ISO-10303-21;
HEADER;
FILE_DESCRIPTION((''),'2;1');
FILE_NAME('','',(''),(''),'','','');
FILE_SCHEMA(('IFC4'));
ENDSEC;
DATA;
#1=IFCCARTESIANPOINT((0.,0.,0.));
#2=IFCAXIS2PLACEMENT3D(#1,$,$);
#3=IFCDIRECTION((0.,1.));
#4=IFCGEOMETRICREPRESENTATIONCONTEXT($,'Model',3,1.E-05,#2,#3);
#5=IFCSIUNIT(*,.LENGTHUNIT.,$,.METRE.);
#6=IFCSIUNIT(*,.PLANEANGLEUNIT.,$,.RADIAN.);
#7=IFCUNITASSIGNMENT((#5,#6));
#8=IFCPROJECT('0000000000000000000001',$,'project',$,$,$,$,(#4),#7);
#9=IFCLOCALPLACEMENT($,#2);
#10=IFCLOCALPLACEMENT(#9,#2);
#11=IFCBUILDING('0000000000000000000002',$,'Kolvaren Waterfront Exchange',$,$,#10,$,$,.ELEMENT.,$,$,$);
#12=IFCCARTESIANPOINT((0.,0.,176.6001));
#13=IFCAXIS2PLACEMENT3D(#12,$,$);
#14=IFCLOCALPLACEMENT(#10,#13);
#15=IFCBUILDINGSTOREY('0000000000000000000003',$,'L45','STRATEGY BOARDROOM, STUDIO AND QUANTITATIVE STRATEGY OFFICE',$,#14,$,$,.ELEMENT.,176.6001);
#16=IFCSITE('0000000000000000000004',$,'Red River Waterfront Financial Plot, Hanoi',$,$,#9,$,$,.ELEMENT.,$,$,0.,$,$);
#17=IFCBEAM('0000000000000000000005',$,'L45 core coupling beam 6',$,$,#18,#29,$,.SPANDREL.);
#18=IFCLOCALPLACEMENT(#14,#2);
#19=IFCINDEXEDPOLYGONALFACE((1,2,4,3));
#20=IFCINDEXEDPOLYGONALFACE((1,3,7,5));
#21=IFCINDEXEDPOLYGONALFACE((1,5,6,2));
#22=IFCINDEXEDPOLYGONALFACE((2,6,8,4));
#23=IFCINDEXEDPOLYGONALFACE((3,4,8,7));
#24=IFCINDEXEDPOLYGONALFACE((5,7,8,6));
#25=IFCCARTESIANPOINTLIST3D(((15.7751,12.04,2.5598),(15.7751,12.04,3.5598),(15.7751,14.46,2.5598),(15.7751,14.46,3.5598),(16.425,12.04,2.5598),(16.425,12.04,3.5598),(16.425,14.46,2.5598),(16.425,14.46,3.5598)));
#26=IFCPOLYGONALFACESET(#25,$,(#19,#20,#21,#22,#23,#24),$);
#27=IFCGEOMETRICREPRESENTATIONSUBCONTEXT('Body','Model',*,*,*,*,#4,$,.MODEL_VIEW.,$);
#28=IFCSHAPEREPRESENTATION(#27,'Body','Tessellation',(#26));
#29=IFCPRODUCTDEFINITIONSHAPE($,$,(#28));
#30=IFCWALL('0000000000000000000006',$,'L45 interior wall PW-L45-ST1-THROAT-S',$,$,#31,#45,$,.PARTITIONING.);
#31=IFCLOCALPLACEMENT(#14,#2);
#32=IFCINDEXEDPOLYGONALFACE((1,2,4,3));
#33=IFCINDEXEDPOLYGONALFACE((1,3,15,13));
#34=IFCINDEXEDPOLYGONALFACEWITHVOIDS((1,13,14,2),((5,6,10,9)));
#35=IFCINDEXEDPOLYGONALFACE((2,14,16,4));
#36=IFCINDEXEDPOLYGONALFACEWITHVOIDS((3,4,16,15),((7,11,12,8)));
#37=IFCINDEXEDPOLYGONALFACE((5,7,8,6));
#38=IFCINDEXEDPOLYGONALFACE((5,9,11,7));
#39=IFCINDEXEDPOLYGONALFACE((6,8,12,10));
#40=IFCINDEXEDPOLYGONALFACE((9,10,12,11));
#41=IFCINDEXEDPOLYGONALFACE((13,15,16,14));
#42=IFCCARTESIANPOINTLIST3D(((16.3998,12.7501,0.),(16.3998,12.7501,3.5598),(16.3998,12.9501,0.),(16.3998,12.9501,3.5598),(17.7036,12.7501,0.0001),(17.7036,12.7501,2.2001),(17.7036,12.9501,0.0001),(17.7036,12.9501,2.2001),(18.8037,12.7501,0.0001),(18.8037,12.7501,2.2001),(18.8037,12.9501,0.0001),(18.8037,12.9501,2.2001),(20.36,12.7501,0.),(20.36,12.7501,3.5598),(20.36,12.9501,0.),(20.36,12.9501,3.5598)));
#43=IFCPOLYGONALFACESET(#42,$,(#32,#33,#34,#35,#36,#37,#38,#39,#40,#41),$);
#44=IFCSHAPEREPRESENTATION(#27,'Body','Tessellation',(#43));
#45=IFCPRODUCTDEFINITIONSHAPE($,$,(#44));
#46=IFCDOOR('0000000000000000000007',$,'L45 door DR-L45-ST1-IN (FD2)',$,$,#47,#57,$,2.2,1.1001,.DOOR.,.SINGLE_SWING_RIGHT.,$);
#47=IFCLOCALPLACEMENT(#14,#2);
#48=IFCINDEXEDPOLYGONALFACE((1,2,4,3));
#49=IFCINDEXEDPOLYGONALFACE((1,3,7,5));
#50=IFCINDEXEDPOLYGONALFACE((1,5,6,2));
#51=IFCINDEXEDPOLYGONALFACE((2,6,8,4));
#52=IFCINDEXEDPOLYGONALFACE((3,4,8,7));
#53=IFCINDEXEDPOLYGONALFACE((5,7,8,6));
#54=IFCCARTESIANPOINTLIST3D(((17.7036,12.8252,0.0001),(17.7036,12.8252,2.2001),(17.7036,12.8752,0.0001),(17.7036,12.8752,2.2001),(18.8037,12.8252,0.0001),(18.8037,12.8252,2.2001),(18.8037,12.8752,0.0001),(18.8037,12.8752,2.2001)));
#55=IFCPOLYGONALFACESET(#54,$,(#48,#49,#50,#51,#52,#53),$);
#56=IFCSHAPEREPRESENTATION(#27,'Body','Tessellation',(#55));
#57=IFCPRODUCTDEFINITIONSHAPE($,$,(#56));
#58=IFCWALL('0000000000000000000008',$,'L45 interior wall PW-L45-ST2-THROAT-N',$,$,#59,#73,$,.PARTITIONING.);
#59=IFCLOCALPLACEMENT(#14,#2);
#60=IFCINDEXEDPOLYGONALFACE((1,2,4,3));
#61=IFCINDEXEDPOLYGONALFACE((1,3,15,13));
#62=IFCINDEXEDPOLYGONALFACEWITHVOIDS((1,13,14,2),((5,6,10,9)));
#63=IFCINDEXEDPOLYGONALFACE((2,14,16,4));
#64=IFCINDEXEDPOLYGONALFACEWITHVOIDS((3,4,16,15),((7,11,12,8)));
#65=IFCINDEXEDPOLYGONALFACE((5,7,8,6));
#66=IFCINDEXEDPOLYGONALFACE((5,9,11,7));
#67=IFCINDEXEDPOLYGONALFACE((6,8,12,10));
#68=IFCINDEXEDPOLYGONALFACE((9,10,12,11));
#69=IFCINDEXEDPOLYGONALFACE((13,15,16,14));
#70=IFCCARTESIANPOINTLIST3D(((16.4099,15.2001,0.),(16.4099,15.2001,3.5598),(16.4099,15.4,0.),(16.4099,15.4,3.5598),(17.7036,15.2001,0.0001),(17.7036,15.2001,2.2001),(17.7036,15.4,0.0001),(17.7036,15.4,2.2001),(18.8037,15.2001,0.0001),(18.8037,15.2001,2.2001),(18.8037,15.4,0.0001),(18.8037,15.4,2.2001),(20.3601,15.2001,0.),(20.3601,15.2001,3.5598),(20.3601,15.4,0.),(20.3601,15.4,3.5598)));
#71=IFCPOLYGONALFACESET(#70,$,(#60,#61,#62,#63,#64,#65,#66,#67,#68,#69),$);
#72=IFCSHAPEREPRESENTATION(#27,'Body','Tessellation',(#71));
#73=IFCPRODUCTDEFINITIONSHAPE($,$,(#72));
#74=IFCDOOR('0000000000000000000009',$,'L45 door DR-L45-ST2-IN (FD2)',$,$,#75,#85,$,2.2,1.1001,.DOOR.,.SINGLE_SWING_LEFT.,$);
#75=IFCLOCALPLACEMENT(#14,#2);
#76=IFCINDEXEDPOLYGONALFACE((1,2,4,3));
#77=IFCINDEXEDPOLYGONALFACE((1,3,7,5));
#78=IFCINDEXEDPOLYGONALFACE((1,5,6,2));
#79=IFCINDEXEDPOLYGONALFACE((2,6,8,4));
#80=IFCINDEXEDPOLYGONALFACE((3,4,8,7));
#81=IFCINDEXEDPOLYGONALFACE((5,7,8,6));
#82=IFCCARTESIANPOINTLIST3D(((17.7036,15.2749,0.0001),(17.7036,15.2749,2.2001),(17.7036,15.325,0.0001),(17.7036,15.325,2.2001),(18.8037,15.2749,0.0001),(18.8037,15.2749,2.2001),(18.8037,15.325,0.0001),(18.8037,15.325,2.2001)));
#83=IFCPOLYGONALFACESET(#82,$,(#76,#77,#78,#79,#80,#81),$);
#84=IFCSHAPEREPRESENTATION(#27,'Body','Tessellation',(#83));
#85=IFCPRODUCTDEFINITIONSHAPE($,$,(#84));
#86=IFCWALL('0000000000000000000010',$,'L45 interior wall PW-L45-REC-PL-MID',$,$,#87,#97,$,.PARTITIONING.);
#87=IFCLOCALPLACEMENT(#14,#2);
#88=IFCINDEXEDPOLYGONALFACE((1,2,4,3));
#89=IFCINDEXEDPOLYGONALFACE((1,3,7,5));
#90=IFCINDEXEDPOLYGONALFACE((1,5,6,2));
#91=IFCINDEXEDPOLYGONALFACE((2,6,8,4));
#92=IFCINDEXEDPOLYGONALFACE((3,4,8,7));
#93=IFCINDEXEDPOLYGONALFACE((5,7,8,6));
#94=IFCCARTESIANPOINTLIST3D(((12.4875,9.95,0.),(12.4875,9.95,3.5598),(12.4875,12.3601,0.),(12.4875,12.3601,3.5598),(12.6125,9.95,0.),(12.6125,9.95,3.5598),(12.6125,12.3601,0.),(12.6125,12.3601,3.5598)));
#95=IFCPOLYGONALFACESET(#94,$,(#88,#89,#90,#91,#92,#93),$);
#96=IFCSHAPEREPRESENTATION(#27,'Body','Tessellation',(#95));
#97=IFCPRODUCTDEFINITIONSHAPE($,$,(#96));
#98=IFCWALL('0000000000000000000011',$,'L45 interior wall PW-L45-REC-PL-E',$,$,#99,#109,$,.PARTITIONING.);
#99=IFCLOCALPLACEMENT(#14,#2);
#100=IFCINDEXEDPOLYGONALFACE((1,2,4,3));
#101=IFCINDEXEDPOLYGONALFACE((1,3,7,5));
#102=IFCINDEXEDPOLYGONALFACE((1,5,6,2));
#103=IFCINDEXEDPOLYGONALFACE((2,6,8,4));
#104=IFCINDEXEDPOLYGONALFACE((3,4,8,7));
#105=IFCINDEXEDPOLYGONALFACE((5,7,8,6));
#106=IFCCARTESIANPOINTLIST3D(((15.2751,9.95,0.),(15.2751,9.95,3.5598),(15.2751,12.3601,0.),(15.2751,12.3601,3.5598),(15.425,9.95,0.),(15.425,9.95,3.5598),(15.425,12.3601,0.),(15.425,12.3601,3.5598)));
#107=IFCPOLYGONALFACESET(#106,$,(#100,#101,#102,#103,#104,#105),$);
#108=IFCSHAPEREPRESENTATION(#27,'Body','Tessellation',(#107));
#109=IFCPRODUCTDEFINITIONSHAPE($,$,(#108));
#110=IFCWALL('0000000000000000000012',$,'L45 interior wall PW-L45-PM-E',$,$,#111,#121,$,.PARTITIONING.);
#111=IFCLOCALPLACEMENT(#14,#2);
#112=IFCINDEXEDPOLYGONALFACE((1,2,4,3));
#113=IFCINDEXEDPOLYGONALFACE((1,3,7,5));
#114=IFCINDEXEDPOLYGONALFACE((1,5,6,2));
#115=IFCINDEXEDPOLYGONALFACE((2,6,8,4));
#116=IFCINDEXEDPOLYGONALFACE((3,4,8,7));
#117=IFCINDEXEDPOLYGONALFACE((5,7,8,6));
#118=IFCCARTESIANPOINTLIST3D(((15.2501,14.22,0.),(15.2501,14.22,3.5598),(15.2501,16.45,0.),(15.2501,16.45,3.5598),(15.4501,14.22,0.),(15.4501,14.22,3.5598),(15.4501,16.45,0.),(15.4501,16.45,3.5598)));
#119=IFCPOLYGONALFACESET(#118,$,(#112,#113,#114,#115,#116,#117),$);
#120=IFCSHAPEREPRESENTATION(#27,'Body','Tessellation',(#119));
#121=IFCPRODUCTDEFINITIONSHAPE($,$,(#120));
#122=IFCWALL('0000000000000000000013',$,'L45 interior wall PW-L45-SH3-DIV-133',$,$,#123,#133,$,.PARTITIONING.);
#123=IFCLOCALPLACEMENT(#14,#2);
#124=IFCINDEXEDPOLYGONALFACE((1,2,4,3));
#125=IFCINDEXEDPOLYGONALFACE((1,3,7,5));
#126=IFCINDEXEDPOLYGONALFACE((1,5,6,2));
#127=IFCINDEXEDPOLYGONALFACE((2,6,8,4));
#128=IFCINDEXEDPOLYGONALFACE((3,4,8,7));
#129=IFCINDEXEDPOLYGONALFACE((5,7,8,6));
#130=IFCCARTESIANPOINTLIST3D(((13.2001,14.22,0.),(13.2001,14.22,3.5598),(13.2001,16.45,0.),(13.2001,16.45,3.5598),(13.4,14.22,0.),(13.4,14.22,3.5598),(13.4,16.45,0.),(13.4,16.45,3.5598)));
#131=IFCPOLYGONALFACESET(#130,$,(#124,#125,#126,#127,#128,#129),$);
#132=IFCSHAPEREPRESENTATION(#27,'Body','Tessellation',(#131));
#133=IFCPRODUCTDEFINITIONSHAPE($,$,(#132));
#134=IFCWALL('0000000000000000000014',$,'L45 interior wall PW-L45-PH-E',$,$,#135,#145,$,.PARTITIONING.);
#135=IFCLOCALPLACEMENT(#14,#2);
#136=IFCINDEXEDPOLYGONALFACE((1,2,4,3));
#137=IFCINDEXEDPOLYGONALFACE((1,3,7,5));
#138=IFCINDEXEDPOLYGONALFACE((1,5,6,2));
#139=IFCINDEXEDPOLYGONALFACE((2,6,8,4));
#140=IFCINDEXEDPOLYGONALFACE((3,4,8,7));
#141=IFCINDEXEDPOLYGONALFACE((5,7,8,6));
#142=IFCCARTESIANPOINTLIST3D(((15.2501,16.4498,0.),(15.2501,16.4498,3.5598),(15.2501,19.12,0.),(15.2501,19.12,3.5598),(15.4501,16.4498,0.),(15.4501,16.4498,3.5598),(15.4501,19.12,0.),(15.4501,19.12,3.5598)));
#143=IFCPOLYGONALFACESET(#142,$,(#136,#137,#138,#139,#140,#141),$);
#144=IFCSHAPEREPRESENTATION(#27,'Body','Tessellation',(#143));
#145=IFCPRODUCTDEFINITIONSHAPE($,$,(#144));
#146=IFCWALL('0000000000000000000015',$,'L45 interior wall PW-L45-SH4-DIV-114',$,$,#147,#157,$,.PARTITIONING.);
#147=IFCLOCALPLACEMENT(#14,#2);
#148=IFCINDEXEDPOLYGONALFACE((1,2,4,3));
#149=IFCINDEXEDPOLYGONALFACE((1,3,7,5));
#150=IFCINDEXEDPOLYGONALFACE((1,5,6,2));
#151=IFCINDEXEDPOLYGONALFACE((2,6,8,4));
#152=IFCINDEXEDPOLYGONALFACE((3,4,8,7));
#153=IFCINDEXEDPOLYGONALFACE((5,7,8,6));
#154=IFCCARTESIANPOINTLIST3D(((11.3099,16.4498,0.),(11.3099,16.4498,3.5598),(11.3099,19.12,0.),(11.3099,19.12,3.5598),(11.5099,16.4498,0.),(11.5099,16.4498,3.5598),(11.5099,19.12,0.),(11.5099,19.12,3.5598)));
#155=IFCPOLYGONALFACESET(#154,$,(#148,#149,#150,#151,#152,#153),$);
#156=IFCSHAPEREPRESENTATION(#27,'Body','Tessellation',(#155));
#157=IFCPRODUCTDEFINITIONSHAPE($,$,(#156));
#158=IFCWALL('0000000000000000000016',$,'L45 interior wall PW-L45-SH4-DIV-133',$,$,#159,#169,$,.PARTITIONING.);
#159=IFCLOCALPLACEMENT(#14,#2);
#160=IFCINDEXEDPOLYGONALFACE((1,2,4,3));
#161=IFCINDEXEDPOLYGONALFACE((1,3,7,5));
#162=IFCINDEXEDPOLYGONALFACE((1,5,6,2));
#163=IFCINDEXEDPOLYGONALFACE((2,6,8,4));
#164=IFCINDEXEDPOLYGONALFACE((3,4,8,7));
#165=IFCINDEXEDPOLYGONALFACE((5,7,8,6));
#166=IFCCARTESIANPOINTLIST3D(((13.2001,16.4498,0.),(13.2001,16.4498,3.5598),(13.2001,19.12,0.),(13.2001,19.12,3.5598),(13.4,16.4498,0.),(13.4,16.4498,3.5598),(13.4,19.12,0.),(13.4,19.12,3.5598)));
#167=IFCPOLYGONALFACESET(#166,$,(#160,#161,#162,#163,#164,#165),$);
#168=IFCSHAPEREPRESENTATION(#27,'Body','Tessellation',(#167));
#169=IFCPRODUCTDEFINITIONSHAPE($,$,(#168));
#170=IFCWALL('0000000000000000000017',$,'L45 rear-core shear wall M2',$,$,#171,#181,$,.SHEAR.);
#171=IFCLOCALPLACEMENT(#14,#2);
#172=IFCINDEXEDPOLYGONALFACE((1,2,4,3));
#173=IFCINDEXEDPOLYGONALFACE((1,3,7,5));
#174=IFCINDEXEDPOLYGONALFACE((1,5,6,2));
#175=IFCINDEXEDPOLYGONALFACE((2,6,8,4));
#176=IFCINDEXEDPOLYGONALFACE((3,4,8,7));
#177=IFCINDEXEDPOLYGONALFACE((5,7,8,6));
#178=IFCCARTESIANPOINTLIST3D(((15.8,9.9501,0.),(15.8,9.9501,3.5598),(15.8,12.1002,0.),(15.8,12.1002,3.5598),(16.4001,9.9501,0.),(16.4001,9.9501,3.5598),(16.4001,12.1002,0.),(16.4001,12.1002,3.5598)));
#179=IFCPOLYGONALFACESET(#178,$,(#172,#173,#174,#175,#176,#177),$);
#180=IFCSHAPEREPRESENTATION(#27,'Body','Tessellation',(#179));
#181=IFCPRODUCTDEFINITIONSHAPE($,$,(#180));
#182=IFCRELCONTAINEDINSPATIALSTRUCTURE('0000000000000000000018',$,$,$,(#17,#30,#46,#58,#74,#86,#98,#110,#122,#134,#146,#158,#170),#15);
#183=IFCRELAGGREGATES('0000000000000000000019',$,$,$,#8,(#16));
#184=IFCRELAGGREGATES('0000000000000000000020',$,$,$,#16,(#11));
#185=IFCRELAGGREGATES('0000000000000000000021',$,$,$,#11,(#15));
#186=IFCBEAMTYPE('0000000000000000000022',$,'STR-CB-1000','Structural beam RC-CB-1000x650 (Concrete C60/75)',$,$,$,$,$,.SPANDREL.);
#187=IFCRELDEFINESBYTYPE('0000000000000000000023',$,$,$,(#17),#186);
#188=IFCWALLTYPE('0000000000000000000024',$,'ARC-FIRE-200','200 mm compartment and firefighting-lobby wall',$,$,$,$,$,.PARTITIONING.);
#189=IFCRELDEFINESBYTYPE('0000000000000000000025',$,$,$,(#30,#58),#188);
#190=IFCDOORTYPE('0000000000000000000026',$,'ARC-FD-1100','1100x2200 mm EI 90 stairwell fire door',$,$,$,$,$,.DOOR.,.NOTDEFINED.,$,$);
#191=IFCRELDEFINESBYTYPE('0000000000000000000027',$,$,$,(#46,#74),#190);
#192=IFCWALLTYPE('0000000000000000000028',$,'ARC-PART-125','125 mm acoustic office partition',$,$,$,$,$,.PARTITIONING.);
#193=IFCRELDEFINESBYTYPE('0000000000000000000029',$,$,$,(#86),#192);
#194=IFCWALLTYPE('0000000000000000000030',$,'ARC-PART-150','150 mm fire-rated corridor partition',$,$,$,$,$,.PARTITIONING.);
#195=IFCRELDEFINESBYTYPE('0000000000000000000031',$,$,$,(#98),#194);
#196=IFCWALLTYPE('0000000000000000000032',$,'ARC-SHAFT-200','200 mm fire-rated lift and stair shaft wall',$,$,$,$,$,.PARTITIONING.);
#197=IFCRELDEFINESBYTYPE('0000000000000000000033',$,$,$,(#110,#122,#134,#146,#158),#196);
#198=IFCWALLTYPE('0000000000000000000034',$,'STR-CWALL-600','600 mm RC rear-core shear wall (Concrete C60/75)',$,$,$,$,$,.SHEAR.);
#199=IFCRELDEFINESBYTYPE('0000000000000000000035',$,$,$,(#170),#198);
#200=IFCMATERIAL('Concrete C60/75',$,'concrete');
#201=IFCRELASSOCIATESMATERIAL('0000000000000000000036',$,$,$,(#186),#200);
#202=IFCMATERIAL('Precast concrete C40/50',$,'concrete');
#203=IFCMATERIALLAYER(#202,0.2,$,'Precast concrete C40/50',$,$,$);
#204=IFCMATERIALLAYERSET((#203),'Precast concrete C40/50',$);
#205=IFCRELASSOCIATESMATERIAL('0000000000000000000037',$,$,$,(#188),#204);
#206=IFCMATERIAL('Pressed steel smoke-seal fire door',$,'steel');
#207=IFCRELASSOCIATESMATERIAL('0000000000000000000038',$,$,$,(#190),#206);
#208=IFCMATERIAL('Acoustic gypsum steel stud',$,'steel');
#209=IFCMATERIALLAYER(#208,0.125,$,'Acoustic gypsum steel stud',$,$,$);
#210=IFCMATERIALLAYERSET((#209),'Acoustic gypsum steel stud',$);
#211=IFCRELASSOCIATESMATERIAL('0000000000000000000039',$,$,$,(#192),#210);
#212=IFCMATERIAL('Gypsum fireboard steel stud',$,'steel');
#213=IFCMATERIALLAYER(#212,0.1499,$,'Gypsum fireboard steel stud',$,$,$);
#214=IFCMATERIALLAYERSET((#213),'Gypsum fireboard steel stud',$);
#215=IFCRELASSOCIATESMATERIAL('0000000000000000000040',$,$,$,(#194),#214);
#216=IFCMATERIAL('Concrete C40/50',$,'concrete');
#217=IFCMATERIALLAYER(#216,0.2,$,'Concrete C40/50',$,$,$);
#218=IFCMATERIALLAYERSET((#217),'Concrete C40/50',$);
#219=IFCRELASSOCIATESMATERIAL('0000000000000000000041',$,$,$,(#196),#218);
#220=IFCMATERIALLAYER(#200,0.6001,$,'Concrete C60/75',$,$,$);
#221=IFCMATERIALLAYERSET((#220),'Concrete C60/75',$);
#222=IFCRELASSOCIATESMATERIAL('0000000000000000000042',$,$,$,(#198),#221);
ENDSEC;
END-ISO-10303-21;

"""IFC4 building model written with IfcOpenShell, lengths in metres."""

from ifc_helpers import new_model, si_unit, direction, frame, frame_2d, origin, origin_2d, place, context, subcontext, project, spatial, rectangle, extrude, material, layer, layer_set, material_profile, profile_set, type_object, element, fill, save


model = new_model("IFC4")

# Units and contexts
model_context = context("Model", 3, precision=1e-05, world=origin(), true_north=direction((0.0, 1.0)))
body_context = subcontext(model_context, "Body", "Model", "MODEL_VIEW")
ifc_project = project(units=[si_unit("LENGTHUNIT", "METRE"), si_unit("PLANEANGLEUNIT", "RADIAN")], contexts=[model_context])

# Site, building, storey
site_placement = place(None, origin())
site = spatial("IfcSite", under=ifc_project, at=site_placement, Name="Red River Waterfront Financial Plot, Hanoi", CompositionType="ELEMENT", RefElevation=0.0)
building_placement = place(site_placement, origin())
building = spatial("IfcBuilding", under=site, at=building_placement, Name="Kolvaren Waterfront Exchange", CompositionType="ELEMENT")
storey_placement = place(building_placement, frame((0.0, 0.0, 176.6001)))
storey = spatial("IfcBuildingStorey", under=building, at=storey_placement, Name="L45", Description="STRATEGY BOARDROOM, STUDIO AND QUANTITATIVE STRATEGY OFFICE", CompositionType="ELEMENT", Elevation=176.6001)

# Beam
ifc_material_1 = material(Name="Concrete C60/75", Category="concrete")
ifc_material_profile = material_profile(ifc_material_1, rectangle(XDim=0.6499, YDim=1.0, at=origin_2d()), Name="RC-CB-1000x650")
ifc_profile_set = profile_set([ifc_material_profile], Name="Concrete C60/75")
beam_type = type_object("IfcBeamType", Name="STR-CB-1000", Description="Structural beam RC-CB-1000x650 (Concrete C60/75)", PredefinedType="SPANDREL", material=ifc_profile_set)
beam_placement = place(storey_placement, frame((16.1001, 12.04, 3.0598), z_axis=(0.0, 1.0, 0.0), x_axis=(-1.0, 0.0, 0.0)))
element("IfcBeam", 1, at=beam_placement, inside=storey, type_object=beam_type, Name="L45 core coupling beam 6", PredefinedType="SPANDREL", context=body_context, shape_type="SweptSolid", body=[
    extrude(rectangle(XDim=0.6499, YDim=1.0, at=origin_2d()), origin(), (0.0, 0.0, 1.0), 2.4199),
])

# Walls, openings, doors
ifc_material_2 = material(Name="Precast concrete C40/50", Category="concrete")
ifc_layer_1 = layer(ifc_material_2, 0.2, Name="Precast concrete C40/50")
ifc_layer_set_1 = layer_set([ifc_layer_1], Name="Precast concrete C40/50")
wall_type_1 = type_object("IfcWallType", Name="ARC-FIRE-200", Description="200 mm compartment and firefighting-lobby wall", PredefinedType="PARTITIONING", material=ifc_layer_set_1)
wall_1_placement = place(storey_placement, frame((16.3999, 12.8501, 0.0), z_axis=(0.0, 0.0, 1.0), x_axis=(1.0, 0.0, 0.0)))
wall_1 = element("IfcWall", 2, at=wall_1_placement, inside=storey, type_object=wall_type_1, Name="L45 interior wall PW-L45-ST1-THROAT-S", PredefinedType="PARTITIONING", context=body_context, shape_type="SweptSolid", body=[
    extrude(rectangle(XDim=3.9602, YDim=0.2, at=frame_2d((1.98, 0.0))), origin(), (0.0, 0.0, 1.0), 3.5598),
])
opening_1_placement = place(wall_1_placement, frame((1.3037, 0.0, 0.0)))
opening_1 = element("IfcOpeningElement", 3, at=opening_1_placement, cuts=wall_1, PredefinedType="OPENING", context=body_context, shape_type="SweptSolid", body=[
    extrude(rectangle(XDim=1.1001, YDim=2.2, at=frame_2d((0.55, 1.1001))), frame((0.0, 0.1099, 0.0), z_axis=(0.0, -1.0, 0.0), x_axis=(1.0, 0.0, 0.0)), (0.0, 0.0, 1.0), 0.22),
])
ifc_material_3 = material(Name="Pressed steel smoke-seal fire door", Category="steel")
door_type = type_object("IfcDoorType", Name="ARC-FD-1100", Description="1100x2200 mm EI 90 stairwell fire door", OperationType="NOTDEFINED", PredefinedType="DOOR", material=ifc_material_3)
door_1_placement = place(opening_1_placement, frame((1.1001, 0.0, 0.0), z_axis=(0.0, 0.0, 1.0), x_axis=(-1.0, 0.0, 0.0)))
door_1 = element("IfcDoor", 4, at=door_1_placement, inside=storey, type_object=door_type, Name="L45 door DR-L45-ST1-IN (FD2)", OperationType="SINGLE_SWING_RIGHT", OverallHeight=2.2, OverallWidth=1.1001, PredefinedType="DOOR", context=body_context, shape_type="SweptSolid", body=[
    extrude(rectangle(XDim=1.1001, YDim=2.2, at=frame_2d((0.55, 1.1001))), frame((0.0, 0.0249, 0.0), z_axis=(0.0, -1.0, 0.0), x_axis=(1.0, 0.0, 0.0)), (0.0, 0.0, 1.0), 0.05),
])
fill(opening_1, door_1)
wall_2_placement = place(storey_placement, frame((16.4099, 15.3, 0.0), z_axis=(0.0, 0.0, 1.0), x_axis=(1.0, 0.0, 0.0)))
wall_2 = element("IfcWall", 5, at=wall_2_placement, inside=storey, type_object=wall_type_1, Name="L45 interior wall PW-L45-ST2-THROAT-N", PredefinedType="PARTITIONING", context=body_context, shape_type="SweptSolid", body=[
    extrude(rectangle(XDim=3.9502, YDim=0.2, at=frame_2d((1.9751, 0.0))), origin(), (0.0, 0.0, 1.0), 3.5598),
])
opening_2_placement = place(wall_2_placement, frame((1.2937, 0.0, 0.0)))
opening_2 = element("IfcOpeningElement", 6, at=opening_2_placement, cuts=wall_2, PredefinedType="OPENING", context=body_context, shape_type="SweptSolid", body=[
    extrude(rectangle(XDim=1.1001, YDim=2.2, at=frame_2d((0.55, 1.1001))), frame((0.0, 0.1099, 0.0), z_axis=(0.0, -1.0, 0.0), x_axis=(1.0, 0.0, 0.0)), (0.0, 0.0, 1.0), 0.22),
])
door_2_placement = place(opening_2_placement, origin())
door_2 = element("IfcDoor", 7, at=door_2_placement, inside=storey, type_object=door_type, Name="L45 door DR-L45-ST2-IN (FD2)", OperationType="SINGLE_SWING_LEFT", OverallHeight=2.2, OverallWidth=1.1001, PredefinedType="DOOR", context=body_context, shape_type="SweptSolid", body=[
    extrude(rectangle(XDim=1.1001, YDim=2.2, at=frame_2d((0.55, 1.1001))), frame((0.0, 0.0249, 0.0), z_axis=(0.0, -1.0, 0.0), x_axis=(1.0, 0.0, 0.0)), (0.0, 0.0, 1.0), 0.05),
])
fill(opening_2, door_2)

# Walls
ifc_material_4 = material(Name="Acoustic gypsum steel stud", Category="steel")
ifc_layer_2 = layer(ifc_material_4, 0.125, Name="Acoustic gypsum steel stud")
ifc_layer_set_2 = layer_set([ifc_layer_2], Name="Acoustic gypsum steel stud")
wall_type_2 = type_object("IfcWallType", Name="ARC-PART-125", Description="125 mm acoustic office partition", PredefinedType="PARTITIONING", material=ifc_layer_set_2)
wall_3_placement = place(storey_placement, frame((12.55, 9.95, 0.0), z_axis=(0.0, 0.0, 1.0), x_axis=(0.0, 1.0, 0.0)))
element("IfcWall", 8, at=wall_3_placement, inside=storey, type_object=wall_type_2, Name="L45 interior wall PW-L45-REC-PL-MID", PredefinedType="PARTITIONING", context=body_context, shape_type="SweptSolid", body=[
    extrude(rectangle(XDim=2.4102, YDim=0.125, at=frame_2d((1.2051, 0.0))), origin(), (0.0, 0.0, 1.0), 3.5598),
])
ifc_material_5 = material(Name="Gypsum fireboard steel stud", Category="steel")
ifc_layer_3 = layer(ifc_material_5, 0.1499, Name="Gypsum fireboard steel stud")
ifc_layer_set_3 = layer_set([ifc_layer_3], Name="Gypsum fireboard steel stud")
wall_type_3 = type_object("IfcWallType", Name="ARC-PART-150", Description="150 mm fire-rated corridor partition", PredefinedType="PARTITIONING", material=ifc_layer_set_3)
wall_4_placement = place(storey_placement, frame((15.3501, 9.95, 0.0), z_axis=(0.0, 0.0, 1.0), x_axis=(0.0, 1.0, 0.0)))
element("IfcWall", 9, at=wall_4_placement, inside=storey, type_object=wall_type_3, Name="L45 interior wall PW-L45-REC-PL-E", PredefinedType="PARTITIONING", context=body_context, shape_type="SweptSolid", body=[
    extrude(rectangle(XDim=2.4102, YDim=0.1499, at=frame_2d((1.2051, 0.0))), origin(), (0.0, 0.0, 1.0), 3.5598),
])
ifc_material_6 = material(Name="Concrete C40/50", Category="concrete")
ifc_layer_4 = layer(ifc_material_6, 0.2, Name="Concrete C40/50")
ifc_layer_set_4 = layer_set([ifc_layer_4], Name="Concrete C40/50")
wall_type_4 = type_object("IfcWallType", Name="ARC-SHAFT-200", Description="200 mm fire-rated lift and stair shaft wall", PredefinedType="PARTITIONING", material=ifc_layer_set_4)
for number, where, z_axis, x_axis, name in (
    (10, (15.3501, 14.22, 0.0), (0.0, 0.0, 1.0), (0.0, 1.0, 0.0), "L45 interior wall PW-L45-PM-E"),
    (11, (13.3, 14.22, 0.0), (0.0, 0.0, 1.0), (0.0, 1.0, 0.0), "L45 interior wall PW-L45-SH3-DIV-133"),
):
    element("IfcWall", number, at=place(storey_placement, frame(where, z_axis=z_axis, x_axis=x_axis)), inside=storey, type_object=wall_type_4, Name=name, PredefinedType="PARTITIONING", context=body_context, shape_type="SweptSolid", body=[
        extrude(rectangle(XDim=2.23, YDim=0.2, at=frame_2d((1.115, 0.0))), origin(), (0.0, 0.0, 1.0), 3.5598),
    ])
for number, where, z_axis, x_axis, name in (
    (12, (15.3501, 16.45, 0.0), (0.0, 0.0, 1.0), (0.0, 1.0, 0.0), "L45 interior wall PW-L45-PH-E"),
    (13, (11.4099, 16.45, 0.0), (0.0, 0.0, 1.0), (0.0, 1.0, 0.0), "L45 interior wall PW-L45-SH4-DIV-114"),
    (14, (13.3, 16.45, 0.0), (0.0, 0.0, 1.0), (0.0, 1.0, 0.0), "L45 interior wall PW-L45-SH4-DIV-133"),
):
    element("IfcWall", number, at=place(storey_placement, frame(where, z_axis=z_axis, x_axis=x_axis)), inside=storey, type_object=wall_type_4, Name=name, PredefinedType="PARTITIONING", context=body_context, shape_type="SweptSolid", body=[
        extrude(rectangle(XDim=2.6702, YDim=0.2, at=frame_2d((1.335, 0.0))), origin(), (0.0, 0.0, 1.0), 3.5598),
    ])
ifc_layer_5 = layer(ifc_material_1, 0.6001, Name="Concrete C60/75")
ifc_layer_set_5 = layer_set([ifc_layer_5], Name="Concrete C60/75")
wall_type_5 = type_object("IfcWallType", Name="STR-CWALL-600", Description="600 mm RC rear-core shear wall (Concrete C60/75)", PredefinedType="SHEAR", material=ifc_layer_set_5)
wall_5_placement = place(storey_placement, frame((16.1001, 9.95, 0.0), z_axis=(0.0, 0.0, 1.0), x_axis=(0.0, 1.0, 0.0)))
element("IfcWall", 15, at=wall_5_placement, inside=storey, type_object=wall_type_5, Name="L45 rear-core shear wall M2", PredefinedType="SHEAR", context=body_context, shape_type="SweptSolid", body=[
    extrude(rectangle(XDim=2.1501, YDim=0.6001, at=frame_2d((1.0752, 0.0))), origin(), (0.0, 0.0, 1.0), 3.5598),
])

save(model, "model.ifc")
